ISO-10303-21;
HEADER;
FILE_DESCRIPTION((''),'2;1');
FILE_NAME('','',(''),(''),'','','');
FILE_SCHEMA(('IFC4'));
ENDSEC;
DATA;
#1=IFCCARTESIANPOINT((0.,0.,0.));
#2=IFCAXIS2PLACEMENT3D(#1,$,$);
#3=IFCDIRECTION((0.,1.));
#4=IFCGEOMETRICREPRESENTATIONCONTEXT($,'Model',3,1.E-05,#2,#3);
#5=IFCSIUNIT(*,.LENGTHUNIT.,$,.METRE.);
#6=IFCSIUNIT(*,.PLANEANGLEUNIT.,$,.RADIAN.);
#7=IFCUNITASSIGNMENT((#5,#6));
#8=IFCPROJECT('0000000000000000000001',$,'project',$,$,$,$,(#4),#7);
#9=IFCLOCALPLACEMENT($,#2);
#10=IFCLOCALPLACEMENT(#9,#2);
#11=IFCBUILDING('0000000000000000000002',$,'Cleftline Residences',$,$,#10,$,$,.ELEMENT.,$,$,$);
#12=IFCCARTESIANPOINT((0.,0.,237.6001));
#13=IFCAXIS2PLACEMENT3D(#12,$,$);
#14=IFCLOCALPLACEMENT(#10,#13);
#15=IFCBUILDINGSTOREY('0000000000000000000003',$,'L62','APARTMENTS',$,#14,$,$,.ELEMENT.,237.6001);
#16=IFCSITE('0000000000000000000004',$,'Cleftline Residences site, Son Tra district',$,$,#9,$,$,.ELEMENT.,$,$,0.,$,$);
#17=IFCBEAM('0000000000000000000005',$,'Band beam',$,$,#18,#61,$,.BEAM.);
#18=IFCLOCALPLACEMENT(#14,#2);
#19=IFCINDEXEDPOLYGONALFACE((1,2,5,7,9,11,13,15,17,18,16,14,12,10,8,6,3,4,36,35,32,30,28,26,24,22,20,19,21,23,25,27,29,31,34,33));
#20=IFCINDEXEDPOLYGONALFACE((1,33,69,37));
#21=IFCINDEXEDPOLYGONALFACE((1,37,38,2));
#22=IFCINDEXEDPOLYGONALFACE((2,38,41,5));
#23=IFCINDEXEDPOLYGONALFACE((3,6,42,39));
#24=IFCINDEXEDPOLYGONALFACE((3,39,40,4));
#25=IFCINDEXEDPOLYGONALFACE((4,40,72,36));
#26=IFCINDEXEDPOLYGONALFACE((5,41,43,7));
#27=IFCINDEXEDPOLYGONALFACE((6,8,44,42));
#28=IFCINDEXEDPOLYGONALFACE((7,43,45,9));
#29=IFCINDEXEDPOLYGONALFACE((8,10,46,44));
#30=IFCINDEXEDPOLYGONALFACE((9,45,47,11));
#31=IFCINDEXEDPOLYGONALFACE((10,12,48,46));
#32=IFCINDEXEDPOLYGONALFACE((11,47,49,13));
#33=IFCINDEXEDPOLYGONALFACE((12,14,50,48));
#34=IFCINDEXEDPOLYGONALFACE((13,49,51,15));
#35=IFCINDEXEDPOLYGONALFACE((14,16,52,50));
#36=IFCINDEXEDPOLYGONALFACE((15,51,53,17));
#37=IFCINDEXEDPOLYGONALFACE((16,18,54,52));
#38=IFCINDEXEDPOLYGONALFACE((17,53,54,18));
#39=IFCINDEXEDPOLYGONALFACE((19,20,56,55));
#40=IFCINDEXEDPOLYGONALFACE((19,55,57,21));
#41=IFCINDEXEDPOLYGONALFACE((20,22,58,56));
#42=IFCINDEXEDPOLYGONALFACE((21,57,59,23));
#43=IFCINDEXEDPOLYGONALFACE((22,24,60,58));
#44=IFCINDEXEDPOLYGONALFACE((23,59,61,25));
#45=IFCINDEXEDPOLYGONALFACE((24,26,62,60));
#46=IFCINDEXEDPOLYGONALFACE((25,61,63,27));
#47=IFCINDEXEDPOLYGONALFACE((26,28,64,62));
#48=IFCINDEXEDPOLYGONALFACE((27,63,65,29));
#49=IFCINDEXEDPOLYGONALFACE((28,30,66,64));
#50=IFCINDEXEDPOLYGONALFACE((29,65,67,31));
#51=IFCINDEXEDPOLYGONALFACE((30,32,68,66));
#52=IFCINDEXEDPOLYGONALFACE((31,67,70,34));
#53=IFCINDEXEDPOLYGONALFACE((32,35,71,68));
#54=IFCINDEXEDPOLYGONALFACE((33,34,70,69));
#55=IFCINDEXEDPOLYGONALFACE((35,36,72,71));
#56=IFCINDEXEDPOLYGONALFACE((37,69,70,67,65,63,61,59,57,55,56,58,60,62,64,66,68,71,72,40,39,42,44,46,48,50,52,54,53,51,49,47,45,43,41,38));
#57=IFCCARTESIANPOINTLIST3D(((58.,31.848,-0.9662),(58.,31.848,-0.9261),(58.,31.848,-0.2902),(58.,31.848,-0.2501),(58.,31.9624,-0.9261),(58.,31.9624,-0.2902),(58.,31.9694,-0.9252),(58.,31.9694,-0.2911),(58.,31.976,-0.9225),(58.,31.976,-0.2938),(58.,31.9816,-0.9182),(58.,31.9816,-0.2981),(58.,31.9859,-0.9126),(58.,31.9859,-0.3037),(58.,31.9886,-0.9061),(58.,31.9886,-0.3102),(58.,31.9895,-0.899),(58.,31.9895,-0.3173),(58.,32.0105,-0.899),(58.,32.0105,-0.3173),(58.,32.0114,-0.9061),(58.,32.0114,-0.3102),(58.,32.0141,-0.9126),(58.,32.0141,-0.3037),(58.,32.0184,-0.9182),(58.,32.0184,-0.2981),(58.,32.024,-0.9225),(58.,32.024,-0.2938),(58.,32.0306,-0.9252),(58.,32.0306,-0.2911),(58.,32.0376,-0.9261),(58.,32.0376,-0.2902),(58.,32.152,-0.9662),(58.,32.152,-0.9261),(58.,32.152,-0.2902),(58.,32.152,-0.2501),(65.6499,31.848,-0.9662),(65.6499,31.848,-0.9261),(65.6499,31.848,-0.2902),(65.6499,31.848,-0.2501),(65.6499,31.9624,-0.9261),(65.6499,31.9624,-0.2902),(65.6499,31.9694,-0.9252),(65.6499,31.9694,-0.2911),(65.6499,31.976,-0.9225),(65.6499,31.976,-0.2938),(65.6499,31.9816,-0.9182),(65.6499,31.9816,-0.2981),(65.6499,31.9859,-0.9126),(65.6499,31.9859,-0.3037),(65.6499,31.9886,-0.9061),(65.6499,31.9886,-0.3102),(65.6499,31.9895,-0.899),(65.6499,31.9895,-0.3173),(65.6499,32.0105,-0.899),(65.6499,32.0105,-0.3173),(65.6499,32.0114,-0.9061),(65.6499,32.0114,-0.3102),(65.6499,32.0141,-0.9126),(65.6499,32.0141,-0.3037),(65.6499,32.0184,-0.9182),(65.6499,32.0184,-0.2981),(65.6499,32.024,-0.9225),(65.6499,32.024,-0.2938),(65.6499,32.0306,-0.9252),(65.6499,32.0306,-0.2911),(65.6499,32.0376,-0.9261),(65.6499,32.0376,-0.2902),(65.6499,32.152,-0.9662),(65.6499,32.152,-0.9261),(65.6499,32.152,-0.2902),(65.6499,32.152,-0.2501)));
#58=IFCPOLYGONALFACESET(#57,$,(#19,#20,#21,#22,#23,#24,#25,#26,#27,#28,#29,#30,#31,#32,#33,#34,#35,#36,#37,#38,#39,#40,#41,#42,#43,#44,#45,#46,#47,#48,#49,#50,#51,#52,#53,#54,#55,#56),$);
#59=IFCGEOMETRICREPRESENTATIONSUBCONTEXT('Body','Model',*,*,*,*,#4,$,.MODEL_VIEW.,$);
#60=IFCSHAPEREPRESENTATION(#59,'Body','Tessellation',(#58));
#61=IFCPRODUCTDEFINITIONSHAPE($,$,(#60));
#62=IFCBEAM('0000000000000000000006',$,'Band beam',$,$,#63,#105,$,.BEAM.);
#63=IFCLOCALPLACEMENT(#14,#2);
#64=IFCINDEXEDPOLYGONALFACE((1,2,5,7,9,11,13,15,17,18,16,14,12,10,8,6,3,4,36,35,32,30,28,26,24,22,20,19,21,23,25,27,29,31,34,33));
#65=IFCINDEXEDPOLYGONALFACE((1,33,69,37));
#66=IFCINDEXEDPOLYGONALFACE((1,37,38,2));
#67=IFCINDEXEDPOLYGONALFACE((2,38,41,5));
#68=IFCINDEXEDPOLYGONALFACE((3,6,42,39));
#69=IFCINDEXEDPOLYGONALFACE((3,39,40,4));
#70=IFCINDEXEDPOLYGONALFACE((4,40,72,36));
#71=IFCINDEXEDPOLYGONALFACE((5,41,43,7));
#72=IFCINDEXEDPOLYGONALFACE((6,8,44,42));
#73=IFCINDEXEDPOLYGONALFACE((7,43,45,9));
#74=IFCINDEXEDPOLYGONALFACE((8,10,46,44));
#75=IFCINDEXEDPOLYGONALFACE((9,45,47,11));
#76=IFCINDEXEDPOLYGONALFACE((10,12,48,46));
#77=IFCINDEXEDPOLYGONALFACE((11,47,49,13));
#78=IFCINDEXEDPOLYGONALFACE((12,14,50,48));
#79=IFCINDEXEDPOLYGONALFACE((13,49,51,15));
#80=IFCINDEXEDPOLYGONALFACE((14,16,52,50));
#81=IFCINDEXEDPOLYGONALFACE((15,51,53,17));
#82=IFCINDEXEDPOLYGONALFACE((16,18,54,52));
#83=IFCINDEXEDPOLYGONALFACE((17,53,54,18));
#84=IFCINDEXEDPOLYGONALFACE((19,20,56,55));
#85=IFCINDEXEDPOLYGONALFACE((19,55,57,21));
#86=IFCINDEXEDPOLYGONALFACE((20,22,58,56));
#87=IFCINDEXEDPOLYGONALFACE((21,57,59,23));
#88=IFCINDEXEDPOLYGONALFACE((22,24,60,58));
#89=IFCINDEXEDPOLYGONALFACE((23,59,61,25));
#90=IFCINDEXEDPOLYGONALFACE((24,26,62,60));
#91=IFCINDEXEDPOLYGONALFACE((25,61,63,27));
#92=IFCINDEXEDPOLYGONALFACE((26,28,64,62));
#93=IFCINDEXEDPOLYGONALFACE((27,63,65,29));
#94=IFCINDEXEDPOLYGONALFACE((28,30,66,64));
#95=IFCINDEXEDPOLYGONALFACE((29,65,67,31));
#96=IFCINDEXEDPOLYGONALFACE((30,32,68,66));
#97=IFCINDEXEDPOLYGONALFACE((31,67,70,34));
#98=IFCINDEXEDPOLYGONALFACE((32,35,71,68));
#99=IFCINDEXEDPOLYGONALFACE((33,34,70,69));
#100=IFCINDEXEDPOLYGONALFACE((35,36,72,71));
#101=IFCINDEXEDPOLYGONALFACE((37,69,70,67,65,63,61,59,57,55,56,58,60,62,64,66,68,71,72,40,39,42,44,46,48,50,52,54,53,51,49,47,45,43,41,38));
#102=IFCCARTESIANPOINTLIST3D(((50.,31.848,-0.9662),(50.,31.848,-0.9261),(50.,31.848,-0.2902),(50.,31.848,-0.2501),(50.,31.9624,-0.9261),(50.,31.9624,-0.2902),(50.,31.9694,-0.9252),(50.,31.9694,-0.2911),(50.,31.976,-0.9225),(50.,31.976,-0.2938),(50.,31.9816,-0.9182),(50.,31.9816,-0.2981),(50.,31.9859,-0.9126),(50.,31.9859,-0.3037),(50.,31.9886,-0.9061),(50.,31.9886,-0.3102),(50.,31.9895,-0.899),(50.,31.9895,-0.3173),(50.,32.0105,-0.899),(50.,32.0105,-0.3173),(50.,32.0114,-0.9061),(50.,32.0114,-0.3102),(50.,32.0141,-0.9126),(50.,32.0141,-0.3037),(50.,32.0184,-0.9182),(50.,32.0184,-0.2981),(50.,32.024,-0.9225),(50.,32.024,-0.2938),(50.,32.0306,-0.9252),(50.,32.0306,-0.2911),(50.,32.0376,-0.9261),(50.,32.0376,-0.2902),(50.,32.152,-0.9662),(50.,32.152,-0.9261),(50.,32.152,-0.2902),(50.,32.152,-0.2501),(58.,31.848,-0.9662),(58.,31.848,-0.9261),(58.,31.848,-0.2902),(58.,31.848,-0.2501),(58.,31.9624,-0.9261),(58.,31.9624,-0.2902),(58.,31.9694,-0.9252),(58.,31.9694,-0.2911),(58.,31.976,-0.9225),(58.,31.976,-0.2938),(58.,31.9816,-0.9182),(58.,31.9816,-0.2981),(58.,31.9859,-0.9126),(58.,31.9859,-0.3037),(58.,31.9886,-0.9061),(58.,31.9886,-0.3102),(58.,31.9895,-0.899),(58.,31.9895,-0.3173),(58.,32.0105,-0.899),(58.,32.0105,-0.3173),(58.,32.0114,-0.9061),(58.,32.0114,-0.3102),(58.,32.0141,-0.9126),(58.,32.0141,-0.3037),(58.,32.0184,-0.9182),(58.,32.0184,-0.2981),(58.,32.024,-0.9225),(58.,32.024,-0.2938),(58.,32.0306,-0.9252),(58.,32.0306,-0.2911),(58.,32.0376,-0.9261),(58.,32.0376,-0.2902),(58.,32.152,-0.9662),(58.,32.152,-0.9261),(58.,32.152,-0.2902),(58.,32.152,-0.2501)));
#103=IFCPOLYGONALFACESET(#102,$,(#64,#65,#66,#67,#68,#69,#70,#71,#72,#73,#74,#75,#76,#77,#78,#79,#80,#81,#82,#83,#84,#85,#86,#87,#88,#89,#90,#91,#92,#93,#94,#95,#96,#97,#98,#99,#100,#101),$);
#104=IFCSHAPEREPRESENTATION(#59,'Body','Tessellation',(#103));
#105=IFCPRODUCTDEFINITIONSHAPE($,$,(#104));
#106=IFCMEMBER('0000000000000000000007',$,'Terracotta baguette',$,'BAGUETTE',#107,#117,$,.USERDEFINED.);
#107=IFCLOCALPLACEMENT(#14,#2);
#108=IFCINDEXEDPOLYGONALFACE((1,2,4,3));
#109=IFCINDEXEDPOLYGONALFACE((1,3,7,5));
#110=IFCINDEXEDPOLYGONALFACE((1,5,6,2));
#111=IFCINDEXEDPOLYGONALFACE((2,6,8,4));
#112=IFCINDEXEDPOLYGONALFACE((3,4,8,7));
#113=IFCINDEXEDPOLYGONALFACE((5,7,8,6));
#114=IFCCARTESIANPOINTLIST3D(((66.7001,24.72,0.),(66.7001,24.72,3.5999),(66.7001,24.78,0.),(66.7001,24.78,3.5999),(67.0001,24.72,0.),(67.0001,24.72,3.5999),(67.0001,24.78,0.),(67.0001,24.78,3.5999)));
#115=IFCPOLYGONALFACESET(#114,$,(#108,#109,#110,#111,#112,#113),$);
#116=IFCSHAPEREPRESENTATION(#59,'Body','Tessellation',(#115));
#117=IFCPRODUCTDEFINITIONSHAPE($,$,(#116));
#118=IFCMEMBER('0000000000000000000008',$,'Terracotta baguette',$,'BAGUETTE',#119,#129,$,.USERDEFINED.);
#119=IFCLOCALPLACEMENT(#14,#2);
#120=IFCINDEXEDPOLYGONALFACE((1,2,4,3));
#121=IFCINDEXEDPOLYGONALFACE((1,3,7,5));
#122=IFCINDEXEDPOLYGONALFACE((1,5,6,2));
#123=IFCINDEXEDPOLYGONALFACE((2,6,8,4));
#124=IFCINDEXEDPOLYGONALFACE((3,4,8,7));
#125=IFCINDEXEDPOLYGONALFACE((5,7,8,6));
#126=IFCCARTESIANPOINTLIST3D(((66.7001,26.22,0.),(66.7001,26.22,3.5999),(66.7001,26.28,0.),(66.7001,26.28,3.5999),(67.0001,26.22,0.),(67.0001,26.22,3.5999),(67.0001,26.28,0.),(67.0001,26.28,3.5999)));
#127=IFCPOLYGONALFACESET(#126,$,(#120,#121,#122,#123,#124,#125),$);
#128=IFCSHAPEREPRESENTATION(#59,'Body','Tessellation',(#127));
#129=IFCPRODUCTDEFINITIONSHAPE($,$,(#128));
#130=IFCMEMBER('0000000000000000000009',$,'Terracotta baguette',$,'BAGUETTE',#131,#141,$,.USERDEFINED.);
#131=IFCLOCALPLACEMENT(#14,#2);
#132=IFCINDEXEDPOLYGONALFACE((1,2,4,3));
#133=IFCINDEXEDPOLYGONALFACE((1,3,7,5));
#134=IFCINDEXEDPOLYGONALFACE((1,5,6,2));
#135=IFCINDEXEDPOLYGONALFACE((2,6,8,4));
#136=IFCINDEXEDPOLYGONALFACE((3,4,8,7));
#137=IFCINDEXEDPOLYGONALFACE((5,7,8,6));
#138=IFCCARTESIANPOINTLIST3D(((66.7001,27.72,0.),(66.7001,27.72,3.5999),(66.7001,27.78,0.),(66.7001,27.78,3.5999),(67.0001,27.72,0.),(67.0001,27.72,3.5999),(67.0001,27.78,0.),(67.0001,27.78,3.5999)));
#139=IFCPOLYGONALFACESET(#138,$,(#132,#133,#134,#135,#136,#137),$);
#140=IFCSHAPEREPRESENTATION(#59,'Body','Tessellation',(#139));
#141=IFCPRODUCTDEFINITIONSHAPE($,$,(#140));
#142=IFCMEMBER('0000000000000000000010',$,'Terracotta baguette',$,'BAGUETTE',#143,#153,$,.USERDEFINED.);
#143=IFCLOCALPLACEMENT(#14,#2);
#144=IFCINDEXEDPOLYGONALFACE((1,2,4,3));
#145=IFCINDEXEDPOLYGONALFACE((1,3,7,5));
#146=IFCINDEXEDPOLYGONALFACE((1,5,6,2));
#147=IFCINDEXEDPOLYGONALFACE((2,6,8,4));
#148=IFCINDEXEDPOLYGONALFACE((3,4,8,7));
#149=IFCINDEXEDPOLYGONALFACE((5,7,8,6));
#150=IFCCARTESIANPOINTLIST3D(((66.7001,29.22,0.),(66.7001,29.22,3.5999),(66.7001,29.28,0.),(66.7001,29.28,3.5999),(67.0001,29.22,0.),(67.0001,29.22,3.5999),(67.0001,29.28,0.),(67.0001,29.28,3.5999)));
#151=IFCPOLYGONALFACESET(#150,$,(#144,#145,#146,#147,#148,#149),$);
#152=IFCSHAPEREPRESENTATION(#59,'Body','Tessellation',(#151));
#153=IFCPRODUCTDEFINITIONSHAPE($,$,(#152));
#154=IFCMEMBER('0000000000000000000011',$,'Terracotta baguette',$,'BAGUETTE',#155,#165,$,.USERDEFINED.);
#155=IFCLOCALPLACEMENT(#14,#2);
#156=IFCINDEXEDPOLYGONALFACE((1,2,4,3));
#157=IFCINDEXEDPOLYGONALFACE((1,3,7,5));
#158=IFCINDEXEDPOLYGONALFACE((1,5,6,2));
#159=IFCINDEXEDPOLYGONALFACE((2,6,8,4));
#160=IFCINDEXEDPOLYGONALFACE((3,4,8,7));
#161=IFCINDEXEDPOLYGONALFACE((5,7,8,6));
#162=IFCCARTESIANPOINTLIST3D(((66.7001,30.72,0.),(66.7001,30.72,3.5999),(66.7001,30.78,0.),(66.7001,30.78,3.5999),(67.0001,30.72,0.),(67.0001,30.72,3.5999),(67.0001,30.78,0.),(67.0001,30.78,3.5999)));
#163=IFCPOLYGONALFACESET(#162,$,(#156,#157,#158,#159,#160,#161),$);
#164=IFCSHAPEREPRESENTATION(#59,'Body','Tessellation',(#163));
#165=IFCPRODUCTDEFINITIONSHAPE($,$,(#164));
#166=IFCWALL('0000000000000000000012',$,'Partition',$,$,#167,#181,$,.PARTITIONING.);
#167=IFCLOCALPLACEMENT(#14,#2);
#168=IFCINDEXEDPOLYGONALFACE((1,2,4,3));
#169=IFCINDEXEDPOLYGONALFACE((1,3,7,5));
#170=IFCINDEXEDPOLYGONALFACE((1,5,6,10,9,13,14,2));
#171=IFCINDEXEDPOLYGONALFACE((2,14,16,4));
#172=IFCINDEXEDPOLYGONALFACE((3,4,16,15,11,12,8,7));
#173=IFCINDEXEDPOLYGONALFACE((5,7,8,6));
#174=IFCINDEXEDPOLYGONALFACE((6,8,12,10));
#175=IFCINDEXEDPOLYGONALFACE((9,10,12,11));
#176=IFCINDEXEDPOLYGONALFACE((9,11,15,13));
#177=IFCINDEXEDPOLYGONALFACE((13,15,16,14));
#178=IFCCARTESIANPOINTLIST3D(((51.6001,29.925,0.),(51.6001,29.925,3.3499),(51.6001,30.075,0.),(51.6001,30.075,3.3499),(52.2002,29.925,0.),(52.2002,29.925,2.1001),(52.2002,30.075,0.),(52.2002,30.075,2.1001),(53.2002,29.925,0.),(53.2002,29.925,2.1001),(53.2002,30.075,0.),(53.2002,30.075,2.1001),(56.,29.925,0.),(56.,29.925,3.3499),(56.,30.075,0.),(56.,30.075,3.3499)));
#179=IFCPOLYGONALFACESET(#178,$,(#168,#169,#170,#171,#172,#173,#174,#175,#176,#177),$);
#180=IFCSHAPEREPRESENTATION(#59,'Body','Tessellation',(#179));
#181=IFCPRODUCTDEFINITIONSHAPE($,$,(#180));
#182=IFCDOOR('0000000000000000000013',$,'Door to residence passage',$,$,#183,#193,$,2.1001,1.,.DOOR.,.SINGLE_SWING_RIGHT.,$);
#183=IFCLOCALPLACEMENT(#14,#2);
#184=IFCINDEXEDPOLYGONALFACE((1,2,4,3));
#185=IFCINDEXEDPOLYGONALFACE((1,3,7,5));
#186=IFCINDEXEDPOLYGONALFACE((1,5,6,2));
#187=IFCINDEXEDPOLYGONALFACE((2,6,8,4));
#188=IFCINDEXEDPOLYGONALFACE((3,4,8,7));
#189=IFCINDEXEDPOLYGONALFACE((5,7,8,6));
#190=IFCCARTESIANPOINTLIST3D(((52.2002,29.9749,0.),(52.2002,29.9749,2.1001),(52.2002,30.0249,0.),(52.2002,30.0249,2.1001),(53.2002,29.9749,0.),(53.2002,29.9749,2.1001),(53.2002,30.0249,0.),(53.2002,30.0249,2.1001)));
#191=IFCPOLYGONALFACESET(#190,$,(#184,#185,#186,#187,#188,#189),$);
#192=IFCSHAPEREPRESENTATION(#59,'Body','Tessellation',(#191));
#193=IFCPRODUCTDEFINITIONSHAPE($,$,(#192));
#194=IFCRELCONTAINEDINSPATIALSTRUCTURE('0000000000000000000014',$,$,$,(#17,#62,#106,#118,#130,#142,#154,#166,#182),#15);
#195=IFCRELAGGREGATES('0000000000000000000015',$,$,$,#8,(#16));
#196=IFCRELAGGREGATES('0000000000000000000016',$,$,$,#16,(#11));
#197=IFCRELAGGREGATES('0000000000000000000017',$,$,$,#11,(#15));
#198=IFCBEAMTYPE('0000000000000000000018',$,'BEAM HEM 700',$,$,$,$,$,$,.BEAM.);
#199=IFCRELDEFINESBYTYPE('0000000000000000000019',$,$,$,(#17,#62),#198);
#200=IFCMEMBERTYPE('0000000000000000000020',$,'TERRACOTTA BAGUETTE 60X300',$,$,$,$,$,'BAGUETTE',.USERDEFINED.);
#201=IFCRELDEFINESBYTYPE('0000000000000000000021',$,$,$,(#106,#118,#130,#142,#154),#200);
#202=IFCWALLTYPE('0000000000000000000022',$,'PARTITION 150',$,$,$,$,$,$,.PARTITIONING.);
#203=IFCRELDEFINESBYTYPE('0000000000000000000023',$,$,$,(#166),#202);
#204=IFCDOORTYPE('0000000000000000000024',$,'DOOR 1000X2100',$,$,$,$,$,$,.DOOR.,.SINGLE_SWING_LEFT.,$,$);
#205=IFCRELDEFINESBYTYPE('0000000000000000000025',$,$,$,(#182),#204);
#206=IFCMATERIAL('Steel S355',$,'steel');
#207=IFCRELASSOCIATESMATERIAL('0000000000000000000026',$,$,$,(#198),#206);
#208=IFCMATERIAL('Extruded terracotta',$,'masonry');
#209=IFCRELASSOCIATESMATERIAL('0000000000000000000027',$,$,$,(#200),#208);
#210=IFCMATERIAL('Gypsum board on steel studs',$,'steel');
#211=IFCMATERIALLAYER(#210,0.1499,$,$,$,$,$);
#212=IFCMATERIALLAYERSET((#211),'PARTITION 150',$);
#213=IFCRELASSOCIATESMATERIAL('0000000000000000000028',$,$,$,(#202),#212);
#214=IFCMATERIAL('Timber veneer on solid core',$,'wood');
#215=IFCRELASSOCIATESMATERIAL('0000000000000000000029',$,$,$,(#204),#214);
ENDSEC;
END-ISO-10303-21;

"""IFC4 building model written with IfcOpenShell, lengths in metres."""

from ifc_helpers import new_model, si_unit, direction, frame, frame_2d, origin, origin_2d, place, context, subcontext, project, spatial, rectangle, i_section, extrude, material, layer, layer_set, material_profile, profile_set, type_object, element, fill, save


model = new_model("IFC4")

# Units and contexts
model_context = context("Model", 3, precision=1e-05, world=origin(), true_north=direction((0.0, 1.0)))
body_context = subcontext(model_context, "Body", "Model", "MODEL_VIEW")
ifc_project = project(units=[si_unit("LENGTHUNIT", "METRE"), si_unit("PLANEANGLEUNIT", "RADIAN")], contexts=[model_context])

# Site, building, storey
site_placement = place(None, origin())
site = spatial("IfcSite", under=ifc_project, at=site_placement, Name="Cleftline Residences site, Son Tra district", CompositionType="ELEMENT", RefElevation=0.0)
building_placement = place(site_placement, origin())
building = spatial("IfcBuilding", under=site, at=building_placement, Name="Cleftline Residences", CompositionType="ELEMENT")
storey_placement = place(building_placement, frame((0.0, 0.0, 237.6001)))
storey = spatial("IfcBuildingStorey", under=building, at=storey_placement, Name="L62", Description="APARTMENTS", CompositionType="ELEMENT", Elevation=237.6001)

# Beams
ifc_material_1 = material(Name="Steel S355", Category="steel")
ifc_material_profile_1 = material_profile(ifc_material_1, i_section(OverallWidth=0.304, OverallDepth=0.7161, WebThickness=0.021, FlangeThickness=0.04, FilletRadius=0.0271, at=origin_2d()))
ifc_profile_set_1 = profile_set([ifc_material_profile_1], Name="Steel S355")
beam_type_1 = type_object("IfcBeamType", Name="BEAM HEM 700", PredefinedType="BEAM", material=ifc_profile_set_1)
beam_1_placement = place(storey_placement, frame((65.6499, 32.0, -0.6082), z_axis=(-1.0, 0.0, 0.0), x_axis=(0.0, -1.0, 0.0)))
element("IfcBeam", 1, at=beam_1_placement, inside=storey, type_object=beam_type_1, Name="Band beam", PredefinedType="BEAM", context=body_context, shape_type="SweptSolid", body=[
    extrude(i_section(OverallWidth=0.304, OverallDepth=0.7161, WebThickness=0.021, FlangeThickness=0.04, FilletRadius=0.0271, at=origin_2d()), origin(), (0.0, 0.0, 1.0), 7.6499),
])
beam_2_placement = place(storey_placement, frame((58.0, 32.0, -0.6082), z_axis=(-1.0, 0.0, 0.0), x_axis=(0.0, -1.0, 0.0)))
element("IfcBeam", 2, at=beam_2_placement, inside=storey, type_object=beam_type_1, Name="Band beam", PredefinedType="BEAM", context=body_context, shape_type="SweptSolid", body=[
    extrude(i_section(OverallWidth=0.304, OverallDepth=0.7161, WebThickness=0.021, FlangeThickness=0.04, FilletRadius=0.0271, at=origin_2d()), origin(), (0.0, 0.0, 1.0), 8.0),
])

# Members
ifc_material_2 = material(Name="Extruded terracotta", Category="masonry")
ifc_material_profile_2 = material_profile(ifc_material_2, rectangle(XDim=0.0601, YDim=0.3, at=origin_2d()))
ifc_profile_set_2 = profile_set([ifc_material_profile_2], Name="Extruded terracotta")
member_type_1 = type_object("IfcMemberType", Name="TERRACOTTA BAGUETTE 60X300", ElementType="BAGUETTE", PredefinedType="USERDEFINED", material=ifc_profile_set_2)
for number, where, z_axis, x_axis, name in (
    (3, (66.8501, 24.75, 0.0), (0.0, 0.0, 1.0), (0.0, 1.0, 0.0), "Terracotta baguette"),
    (4, (66.8501, 26.25, 0.0), (0.0, 0.0, 1.0), (0.0, 1.0, 0.0), "Terracotta baguette"),
    (5, (66.8501, 27.75, 0.0), (0.0, 0.0, 1.0), (0.0, 1.0, 0.0), "Terracotta baguette"),
    (6, (66.8501, 29.25, 0.0), (0.0, 0.0, 1.0), (0.0, 1.0, 0.0), "Terracotta baguette"),
    (7, (66.8501, 30.75, 0.0), (0.0, 0.0, 1.0), (0.0, 1.0, 0.0), "Terracotta baguette"),
):
    element("IfcMember", number, at=place(storey_placement, frame(where, z_axis=z_axis, x_axis=x_axis)), inside=storey, type_object=member_type_1, Name=name, ObjectType="BAGUETTE", PredefinedType="USERDEFINED", context=body_context, shape_type="SweptSolid", body=[
        extrude(rectangle(XDim=0.0601, YDim=0.3, at=origin_2d()), origin(), (0.0, 0.0, 1.0), 3.5999),
    ])

# Wall, opening, door
ifc_material_3 = material(Name="Gypsum board on steel studs", Category="steel")
ifc_layer_1 = layer(ifc_material_3, 0.1499)
ifc_layer_set_1 = layer_set([ifc_layer_1], Name="PARTITION 150")
wall_type_1 = type_object("IfcWallType", Name="PARTITION 150", PredefinedType="PARTITIONING", material=ifc_layer_set_1)
wall_1_placement = place(storey_placement, frame((51.6001, 30.0, 0.0), z_axis=(0.0, 0.0, 1.0), x_axis=(1.0, 0.0, 0.0)))
wall_1 = element("IfcWall", 8, at=wall_1_placement, inside=storey, type_object=wall_type_1, Name="Partition", PredefinedType="PARTITIONING", context=body_context, shape_type="SweptSolid", body=[
    extrude(rectangle(XDim=4.3999, YDim=0.1499, at=frame_2d((2.2, 0.0))), origin(), (0.0, 0.0, 1.0), 3.3499),
])
opening_1_placement = place(wall_1_placement, frame((0.6001, 0.0, 0.0)))
opening_1 = element("IfcOpeningElement", 9, at=opening_1_placement, cuts=wall_1, PredefinedType="OPENING", context=body_context, shape_type="SweptSolid", body=[
    extrude(rectangle(XDim=1.0, YDim=2.1001, at=frame_2d((0.5, 1.05))), frame((0.0, 0.085, 0.0), z_axis=(0.0, -1.0, 0.0), x_axis=(1.0, 0.0, 0.0)), (0.0, 0.0, 1.0), 0.1699),
])
ifc_material_4 = material(Name="Timber veneer on solid core", Category="wood")
door_type_1 = type_object("IfcDoorType", Name="DOOR 1000X2100", OperationType="SINGLE_SWING_LEFT", PredefinedType="DOOR", material=ifc_material_4)
door_1_placement = place(opening_1_placement, origin())
door_1 = element("IfcDoor", 10, at=door_1_placement, inside=storey, type_object=door_type_1, Name="Door to residence passage", OperationType="SINGLE_SWING_RIGHT", OverallHeight=2.1001, OverallWidth=1.0, PredefinedType="DOOR", context=body_context, shape_type="SweptSolid", body=[
    extrude(rectangle(XDim=1.0, YDim=2.1001, at=frame_2d((0.5, 1.05))), frame((0.0, 0.0249, 0.0), z_axis=(0.0, -1.0, 0.0), x_axis=(1.0, 0.0, 0.0)), (0.0, 0.0, 1.0), 0.05),
])
fill(opening_1, door_1)

save(model, "model.ifc")
